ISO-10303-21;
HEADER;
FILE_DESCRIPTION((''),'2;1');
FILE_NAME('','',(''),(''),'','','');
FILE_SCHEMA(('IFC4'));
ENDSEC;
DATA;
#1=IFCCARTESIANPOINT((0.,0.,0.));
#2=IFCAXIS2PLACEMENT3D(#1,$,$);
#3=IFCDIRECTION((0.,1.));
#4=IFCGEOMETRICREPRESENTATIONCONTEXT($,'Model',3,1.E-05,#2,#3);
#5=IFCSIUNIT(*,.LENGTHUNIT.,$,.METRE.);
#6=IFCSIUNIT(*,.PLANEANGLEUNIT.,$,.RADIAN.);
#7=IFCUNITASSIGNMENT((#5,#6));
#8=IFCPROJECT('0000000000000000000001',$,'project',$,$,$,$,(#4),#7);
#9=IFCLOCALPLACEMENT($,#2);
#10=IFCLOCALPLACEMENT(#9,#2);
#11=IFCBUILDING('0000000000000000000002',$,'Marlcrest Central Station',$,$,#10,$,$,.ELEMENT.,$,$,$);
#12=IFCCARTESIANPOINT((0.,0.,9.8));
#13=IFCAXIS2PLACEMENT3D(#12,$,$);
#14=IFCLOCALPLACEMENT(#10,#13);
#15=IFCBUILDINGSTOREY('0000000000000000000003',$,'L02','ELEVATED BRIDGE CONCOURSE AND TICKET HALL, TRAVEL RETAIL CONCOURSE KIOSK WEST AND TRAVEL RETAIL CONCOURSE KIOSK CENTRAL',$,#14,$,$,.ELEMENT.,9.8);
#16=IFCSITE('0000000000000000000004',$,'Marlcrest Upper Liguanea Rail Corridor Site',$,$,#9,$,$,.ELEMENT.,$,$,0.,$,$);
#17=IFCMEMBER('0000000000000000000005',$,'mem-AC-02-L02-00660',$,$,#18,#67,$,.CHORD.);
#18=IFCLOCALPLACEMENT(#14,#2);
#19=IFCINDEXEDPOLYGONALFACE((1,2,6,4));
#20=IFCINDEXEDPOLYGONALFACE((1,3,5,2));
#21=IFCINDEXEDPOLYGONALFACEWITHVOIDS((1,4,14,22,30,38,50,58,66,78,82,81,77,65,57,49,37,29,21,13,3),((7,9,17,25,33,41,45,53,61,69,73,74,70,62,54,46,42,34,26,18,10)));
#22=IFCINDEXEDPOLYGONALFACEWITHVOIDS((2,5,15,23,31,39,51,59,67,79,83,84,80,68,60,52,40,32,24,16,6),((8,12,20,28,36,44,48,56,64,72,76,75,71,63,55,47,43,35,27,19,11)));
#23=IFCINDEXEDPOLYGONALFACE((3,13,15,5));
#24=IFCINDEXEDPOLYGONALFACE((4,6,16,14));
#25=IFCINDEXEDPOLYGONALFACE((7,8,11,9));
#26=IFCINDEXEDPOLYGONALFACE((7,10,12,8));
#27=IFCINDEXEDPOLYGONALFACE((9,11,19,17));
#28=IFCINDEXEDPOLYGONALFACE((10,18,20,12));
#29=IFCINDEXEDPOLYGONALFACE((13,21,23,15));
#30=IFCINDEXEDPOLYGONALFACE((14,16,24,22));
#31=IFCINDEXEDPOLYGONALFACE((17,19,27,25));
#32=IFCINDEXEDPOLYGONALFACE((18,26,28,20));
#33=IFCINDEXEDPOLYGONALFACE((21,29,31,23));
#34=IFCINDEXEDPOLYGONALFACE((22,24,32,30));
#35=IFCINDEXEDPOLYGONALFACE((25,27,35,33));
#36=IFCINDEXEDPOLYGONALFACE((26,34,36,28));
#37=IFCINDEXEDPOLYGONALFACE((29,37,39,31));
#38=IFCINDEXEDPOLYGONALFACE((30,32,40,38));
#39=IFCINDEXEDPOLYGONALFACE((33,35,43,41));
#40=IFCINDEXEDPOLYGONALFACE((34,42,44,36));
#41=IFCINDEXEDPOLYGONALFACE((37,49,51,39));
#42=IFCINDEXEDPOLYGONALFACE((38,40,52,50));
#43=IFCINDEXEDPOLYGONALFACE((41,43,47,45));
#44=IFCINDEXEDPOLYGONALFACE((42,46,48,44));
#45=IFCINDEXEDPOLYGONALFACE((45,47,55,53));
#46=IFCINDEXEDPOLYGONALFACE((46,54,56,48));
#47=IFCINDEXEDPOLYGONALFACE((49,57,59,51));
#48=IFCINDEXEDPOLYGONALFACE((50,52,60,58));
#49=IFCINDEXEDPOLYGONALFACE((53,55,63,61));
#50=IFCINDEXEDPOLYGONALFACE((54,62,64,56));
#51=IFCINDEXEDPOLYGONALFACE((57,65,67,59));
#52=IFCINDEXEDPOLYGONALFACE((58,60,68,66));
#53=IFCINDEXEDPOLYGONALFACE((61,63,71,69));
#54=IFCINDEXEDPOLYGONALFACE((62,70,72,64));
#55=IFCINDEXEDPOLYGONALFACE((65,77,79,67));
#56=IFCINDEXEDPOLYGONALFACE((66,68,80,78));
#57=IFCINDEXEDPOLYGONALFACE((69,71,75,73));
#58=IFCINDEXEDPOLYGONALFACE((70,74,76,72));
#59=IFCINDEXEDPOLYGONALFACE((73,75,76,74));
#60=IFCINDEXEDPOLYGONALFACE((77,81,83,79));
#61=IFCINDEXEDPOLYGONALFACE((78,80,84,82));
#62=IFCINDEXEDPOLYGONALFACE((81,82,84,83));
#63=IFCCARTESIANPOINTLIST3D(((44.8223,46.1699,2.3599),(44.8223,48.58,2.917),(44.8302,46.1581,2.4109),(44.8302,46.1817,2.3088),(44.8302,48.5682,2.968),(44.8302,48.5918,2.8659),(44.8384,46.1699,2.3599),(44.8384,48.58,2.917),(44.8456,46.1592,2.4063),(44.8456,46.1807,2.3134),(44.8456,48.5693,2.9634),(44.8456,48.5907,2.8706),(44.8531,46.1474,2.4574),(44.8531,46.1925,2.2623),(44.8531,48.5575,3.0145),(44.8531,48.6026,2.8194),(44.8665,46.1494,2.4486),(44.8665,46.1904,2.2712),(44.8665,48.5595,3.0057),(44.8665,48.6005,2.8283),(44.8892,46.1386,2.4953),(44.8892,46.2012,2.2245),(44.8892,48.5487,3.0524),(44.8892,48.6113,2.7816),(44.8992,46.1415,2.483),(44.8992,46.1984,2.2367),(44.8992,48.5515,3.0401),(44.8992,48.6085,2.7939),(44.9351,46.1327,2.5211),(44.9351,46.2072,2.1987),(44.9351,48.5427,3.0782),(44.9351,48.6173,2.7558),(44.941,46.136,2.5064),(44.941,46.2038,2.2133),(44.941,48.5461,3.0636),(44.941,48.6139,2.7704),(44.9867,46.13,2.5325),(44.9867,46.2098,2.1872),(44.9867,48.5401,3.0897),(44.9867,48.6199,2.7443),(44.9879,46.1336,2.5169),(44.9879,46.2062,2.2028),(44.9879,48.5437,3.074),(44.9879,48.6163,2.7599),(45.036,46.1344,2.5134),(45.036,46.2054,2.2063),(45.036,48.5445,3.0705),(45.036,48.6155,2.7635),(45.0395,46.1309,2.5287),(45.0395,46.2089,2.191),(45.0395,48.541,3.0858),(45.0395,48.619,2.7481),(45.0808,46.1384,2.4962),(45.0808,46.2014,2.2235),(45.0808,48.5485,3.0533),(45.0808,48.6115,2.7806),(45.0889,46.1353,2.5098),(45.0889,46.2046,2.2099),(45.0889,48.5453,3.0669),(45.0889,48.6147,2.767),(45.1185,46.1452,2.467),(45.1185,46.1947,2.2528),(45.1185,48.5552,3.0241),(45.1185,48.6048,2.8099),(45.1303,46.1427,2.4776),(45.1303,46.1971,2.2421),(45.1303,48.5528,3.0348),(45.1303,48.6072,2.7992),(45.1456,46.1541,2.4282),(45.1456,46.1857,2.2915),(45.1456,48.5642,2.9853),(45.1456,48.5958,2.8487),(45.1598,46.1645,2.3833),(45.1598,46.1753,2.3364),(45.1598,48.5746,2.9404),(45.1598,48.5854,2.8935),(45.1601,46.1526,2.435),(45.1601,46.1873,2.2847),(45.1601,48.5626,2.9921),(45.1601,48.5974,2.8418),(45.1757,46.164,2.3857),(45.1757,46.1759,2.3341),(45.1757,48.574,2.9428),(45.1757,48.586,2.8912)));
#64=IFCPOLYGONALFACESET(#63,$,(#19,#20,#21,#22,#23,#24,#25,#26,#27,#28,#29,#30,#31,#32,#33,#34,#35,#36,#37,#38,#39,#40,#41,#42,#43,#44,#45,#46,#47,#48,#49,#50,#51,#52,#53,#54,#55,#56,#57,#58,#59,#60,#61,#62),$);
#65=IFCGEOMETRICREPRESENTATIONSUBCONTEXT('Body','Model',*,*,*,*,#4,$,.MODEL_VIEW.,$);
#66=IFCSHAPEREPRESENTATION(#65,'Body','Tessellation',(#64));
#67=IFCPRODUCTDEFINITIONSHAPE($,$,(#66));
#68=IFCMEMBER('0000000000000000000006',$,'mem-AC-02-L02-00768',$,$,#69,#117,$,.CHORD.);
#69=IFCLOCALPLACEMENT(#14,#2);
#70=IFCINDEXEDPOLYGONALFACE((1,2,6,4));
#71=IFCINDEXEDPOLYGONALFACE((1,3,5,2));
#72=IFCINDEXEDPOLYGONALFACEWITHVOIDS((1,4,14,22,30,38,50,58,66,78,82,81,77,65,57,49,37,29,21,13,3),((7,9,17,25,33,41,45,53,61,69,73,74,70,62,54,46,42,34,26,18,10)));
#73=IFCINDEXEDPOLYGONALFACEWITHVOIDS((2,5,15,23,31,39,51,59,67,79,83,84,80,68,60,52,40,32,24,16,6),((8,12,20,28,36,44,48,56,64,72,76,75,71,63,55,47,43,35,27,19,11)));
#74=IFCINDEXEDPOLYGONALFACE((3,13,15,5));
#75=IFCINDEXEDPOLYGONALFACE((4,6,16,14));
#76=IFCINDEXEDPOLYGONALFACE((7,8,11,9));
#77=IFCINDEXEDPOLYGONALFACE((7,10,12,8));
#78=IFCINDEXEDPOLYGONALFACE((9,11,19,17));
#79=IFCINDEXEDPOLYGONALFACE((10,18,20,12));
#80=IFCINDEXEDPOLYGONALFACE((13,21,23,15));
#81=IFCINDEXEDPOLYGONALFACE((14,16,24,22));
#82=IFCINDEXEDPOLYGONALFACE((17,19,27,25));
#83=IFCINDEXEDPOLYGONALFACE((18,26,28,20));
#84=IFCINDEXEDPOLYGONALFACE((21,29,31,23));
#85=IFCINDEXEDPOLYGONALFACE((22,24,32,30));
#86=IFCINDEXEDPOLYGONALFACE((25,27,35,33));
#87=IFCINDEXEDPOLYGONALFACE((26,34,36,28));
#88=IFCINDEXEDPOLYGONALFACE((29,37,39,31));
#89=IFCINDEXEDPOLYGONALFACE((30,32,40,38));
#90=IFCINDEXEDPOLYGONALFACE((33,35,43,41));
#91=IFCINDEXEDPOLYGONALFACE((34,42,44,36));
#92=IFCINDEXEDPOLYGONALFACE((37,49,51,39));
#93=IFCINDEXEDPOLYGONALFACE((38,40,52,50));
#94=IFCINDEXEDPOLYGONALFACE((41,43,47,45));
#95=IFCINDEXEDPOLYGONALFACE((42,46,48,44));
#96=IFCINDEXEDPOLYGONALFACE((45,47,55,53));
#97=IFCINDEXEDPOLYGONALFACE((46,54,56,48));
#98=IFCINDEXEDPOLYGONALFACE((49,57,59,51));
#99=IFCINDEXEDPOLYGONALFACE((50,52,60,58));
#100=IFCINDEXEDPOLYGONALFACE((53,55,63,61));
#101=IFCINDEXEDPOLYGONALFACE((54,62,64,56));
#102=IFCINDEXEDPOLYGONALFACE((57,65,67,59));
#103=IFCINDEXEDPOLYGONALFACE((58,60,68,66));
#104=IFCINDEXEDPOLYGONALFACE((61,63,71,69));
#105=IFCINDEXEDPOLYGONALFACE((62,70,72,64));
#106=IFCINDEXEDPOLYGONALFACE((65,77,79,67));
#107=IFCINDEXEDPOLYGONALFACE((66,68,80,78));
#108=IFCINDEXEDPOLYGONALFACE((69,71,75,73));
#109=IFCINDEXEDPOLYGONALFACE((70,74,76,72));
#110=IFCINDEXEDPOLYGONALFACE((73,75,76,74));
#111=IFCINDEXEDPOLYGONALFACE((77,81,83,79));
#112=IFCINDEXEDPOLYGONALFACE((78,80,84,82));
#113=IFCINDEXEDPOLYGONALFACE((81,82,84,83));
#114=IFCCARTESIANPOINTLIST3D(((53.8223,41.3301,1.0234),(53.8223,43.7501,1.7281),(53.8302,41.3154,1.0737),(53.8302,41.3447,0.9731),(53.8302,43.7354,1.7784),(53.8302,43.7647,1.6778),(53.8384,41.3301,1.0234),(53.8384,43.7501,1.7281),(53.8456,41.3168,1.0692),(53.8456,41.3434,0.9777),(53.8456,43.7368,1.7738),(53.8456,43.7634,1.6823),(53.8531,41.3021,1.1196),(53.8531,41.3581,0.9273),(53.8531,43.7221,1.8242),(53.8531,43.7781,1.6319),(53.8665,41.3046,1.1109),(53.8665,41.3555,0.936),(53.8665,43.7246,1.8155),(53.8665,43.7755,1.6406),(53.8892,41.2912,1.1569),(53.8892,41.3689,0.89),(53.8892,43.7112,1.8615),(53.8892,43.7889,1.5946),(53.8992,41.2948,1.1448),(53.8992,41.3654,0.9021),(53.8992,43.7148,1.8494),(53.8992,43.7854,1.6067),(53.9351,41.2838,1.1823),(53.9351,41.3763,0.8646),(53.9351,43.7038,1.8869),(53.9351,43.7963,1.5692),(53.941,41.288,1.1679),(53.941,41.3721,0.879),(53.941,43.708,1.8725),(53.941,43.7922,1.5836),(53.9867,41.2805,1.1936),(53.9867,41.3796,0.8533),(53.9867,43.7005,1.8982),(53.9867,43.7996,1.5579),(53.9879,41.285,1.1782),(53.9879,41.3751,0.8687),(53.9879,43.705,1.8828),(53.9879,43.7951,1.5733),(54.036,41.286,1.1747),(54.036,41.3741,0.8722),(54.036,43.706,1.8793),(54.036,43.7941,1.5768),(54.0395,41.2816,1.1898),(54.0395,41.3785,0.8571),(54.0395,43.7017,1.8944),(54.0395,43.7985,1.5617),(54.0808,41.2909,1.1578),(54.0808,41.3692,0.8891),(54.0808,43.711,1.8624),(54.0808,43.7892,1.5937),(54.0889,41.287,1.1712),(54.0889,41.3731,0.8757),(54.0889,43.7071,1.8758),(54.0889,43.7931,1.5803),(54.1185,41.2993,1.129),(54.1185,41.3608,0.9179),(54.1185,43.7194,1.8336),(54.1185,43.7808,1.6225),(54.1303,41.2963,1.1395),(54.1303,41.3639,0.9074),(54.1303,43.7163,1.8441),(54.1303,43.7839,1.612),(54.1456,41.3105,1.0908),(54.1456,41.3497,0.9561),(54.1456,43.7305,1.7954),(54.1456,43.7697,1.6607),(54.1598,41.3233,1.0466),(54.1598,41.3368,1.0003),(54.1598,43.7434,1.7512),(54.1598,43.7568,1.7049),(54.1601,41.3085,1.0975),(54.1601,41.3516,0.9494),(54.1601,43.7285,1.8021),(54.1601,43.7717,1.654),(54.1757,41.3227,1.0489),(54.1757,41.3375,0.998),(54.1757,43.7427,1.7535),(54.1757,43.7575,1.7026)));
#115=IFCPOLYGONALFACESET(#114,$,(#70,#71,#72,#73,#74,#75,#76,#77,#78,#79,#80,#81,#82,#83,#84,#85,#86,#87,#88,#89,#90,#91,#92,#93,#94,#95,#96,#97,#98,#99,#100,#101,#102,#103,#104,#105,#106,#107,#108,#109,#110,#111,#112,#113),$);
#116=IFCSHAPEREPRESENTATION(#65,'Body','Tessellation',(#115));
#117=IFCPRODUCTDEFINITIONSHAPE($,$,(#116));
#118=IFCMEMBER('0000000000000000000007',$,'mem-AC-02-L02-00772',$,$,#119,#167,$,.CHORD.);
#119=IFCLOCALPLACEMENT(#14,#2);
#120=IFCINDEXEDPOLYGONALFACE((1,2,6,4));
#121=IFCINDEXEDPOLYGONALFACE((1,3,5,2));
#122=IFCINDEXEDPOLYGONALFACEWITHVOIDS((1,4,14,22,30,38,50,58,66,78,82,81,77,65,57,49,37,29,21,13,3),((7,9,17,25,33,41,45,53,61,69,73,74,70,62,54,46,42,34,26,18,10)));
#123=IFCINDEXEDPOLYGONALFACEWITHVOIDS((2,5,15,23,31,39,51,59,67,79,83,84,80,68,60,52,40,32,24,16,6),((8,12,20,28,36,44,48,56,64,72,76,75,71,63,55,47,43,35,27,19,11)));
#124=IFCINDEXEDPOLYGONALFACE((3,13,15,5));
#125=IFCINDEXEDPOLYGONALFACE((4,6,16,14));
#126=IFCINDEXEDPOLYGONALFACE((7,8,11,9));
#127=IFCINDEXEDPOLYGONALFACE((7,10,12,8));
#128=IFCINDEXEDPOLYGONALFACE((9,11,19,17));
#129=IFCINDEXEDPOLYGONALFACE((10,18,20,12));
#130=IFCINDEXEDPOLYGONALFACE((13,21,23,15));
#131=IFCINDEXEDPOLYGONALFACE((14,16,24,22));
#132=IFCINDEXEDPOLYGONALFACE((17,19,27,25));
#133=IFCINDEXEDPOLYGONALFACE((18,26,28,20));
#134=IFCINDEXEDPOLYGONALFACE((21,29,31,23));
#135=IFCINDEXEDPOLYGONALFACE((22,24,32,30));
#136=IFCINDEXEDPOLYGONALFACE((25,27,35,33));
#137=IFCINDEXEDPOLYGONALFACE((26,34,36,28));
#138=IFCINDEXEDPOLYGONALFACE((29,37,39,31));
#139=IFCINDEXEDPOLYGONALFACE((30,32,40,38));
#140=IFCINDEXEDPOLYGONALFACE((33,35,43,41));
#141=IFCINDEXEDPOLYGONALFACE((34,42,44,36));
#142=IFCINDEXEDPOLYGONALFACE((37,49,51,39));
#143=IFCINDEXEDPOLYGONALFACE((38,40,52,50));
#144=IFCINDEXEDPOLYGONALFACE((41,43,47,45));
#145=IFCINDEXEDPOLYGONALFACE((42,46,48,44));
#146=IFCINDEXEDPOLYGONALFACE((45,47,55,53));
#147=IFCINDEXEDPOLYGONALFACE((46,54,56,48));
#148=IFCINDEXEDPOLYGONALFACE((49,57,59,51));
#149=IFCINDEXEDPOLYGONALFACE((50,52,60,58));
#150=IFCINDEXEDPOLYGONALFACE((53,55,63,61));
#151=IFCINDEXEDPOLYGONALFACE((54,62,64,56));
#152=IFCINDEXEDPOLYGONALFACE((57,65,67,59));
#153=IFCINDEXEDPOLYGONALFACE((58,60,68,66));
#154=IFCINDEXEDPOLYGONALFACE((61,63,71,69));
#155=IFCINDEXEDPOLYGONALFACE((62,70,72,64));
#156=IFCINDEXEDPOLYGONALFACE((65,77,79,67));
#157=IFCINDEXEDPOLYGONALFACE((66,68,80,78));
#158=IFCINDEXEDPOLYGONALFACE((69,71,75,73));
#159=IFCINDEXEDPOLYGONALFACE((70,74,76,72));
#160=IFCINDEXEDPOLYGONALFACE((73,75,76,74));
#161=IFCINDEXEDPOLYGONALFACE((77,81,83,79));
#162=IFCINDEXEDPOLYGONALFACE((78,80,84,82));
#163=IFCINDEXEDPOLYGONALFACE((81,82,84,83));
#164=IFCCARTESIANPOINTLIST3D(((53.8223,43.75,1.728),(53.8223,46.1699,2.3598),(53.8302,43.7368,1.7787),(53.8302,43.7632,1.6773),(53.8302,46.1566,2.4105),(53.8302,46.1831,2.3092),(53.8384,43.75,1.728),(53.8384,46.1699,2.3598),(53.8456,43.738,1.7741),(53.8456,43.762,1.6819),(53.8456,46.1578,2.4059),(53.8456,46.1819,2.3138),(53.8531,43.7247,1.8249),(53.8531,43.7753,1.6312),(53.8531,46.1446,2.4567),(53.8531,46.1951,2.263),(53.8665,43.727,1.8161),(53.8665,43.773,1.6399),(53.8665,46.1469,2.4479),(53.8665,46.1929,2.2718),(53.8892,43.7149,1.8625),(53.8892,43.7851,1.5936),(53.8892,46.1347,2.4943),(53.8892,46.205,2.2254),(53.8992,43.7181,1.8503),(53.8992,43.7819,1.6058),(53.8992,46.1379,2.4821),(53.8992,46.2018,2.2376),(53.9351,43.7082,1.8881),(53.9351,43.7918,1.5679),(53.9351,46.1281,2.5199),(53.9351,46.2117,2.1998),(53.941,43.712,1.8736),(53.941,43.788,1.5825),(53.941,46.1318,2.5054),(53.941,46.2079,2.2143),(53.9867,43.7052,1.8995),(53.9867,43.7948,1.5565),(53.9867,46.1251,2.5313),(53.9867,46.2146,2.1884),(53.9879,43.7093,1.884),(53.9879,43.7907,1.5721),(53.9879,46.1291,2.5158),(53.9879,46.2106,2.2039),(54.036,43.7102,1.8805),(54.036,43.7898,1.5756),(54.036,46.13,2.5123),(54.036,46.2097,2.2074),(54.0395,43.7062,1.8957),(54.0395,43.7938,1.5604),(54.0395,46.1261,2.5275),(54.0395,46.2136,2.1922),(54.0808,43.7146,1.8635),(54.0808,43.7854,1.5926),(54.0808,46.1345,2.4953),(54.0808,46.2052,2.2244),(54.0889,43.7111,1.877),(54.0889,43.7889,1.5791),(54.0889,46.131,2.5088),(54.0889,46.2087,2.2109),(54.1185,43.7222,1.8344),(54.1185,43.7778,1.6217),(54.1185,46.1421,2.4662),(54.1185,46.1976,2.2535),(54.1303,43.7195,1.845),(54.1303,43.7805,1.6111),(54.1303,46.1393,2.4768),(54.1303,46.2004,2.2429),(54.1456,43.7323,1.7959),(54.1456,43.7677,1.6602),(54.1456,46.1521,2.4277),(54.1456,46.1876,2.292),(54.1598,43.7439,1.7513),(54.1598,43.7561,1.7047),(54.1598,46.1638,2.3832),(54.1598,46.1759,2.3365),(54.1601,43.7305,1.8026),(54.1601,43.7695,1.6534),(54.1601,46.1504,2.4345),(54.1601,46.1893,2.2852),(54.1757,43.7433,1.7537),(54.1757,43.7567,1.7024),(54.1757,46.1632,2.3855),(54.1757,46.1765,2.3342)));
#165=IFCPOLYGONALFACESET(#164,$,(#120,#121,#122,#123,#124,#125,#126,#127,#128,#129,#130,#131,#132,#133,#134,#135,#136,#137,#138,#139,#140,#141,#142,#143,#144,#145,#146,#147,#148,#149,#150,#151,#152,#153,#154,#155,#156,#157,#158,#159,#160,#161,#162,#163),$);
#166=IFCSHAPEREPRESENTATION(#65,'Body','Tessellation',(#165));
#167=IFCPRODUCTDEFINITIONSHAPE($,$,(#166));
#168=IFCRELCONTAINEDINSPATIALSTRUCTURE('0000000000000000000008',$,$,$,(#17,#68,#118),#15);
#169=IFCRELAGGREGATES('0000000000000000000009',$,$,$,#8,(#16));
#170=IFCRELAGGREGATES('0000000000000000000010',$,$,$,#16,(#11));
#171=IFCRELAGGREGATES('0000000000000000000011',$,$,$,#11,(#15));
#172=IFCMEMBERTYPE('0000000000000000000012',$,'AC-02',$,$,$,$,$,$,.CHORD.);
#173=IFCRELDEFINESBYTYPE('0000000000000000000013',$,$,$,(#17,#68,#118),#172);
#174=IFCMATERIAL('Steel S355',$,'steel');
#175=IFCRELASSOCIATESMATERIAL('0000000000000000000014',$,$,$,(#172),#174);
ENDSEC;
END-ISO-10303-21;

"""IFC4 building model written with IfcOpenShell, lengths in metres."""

from ifc_helpers import new_model, si_unit, direction, frame, origin, origin_2d, place, context, subcontext, project, spatial, hollow_circle, extrude, material, material_profile, profile_set, type_object, element, save


model = new_model("IFC4")

# Units and contexts
model_context = context("Model", 3, precision=1e-05, world=origin(), true_north=direction((0.0, 1.0)))
body_context = subcontext(model_context, "Body", "Model", "MODEL_VIEW")
ifc_project = project(units=[si_unit("LENGTHUNIT", "METRE"), si_unit("PLANEANGLEUNIT", "RADIAN")], contexts=[model_context])

# Site, building, storey
site_placement = place(None, origin())
site = spatial("IfcSite", under=ifc_project, at=site_placement, Name="Marlcrest Upper Liguanea Rail Corridor Site", CompositionType="ELEMENT", RefElevation=0.0)
building_placement = place(site_placement, origin())
building = spatial("IfcBuilding", under=site, at=building_placement, Name="Marlcrest Central Station", CompositionType="ELEMENT")
storey_placement = place(building_placement, frame((0.0, 0.0, 9.8)))
storey = spatial("IfcBuildingStorey", under=building, at=storey_placement, Name="L02", Description="ELEVATED BRIDGE CONCOURSE AND TICKET HALL, TRAVEL RETAIL CONCOURSE KIOSK WEST AND TRAVEL RETAIL CONCOURSE KIOSK CENTRAL", CompositionType="ELEMENT", Elevation=9.8)

# Members
ifc_material_1 = material(Name="Steel S355", Category="steel")
ifc_material_profile_1 = material_profile(ifc_material_1, hollow_circle(Radius=0.1777, WallThickness=0.0161, at=origin_2d()), Name="CHS 355.6x16")
ifc_profile_set_1 = profile_set([ifc_material_profile_1], Name="Steel S355")
member_type_1 = type_object("IfcMemberType", Name="AC-02", PredefinedType="CHORD", material=ifc_profile_set_1)
member_1_placement = place(storey_placement, frame((45.0, 46.1699, 2.3599), z_axis=(0.0, 0.974308, 0.22522), x_axis=(-1.0, 0.0, 0.0)))
element("IfcMember", 1, at=member_1_placement, inside=storey, type_object=member_type_1, Name="mem-AC-02-L02-00660", PredefinedType="CHORD", context=body_context, shape_type="SweptSolid", body=[
    extrude(hollow_circle(Radius=0.1777, WallThickness=0.0161, at=origin_2d()), origin(), (0.0, 0.0, 1.0), 2.4736),
])
member_2_placement = place(storey_placement, frame((54.0, 41.3301, 1.0234), z_axis=(0.0, 0.96013, 0.279554), x_axis=(-1.0, 0.0, 0.0)))
element("IfcMember", 2, at=member_2_placement, inside=storey, type_object=member_type_1, Name="mem-AC-02-L02-00768", PredefinedType="CHORD", context=body_context, shape_type="SweptSolid", body=[
    extrude(hollow_circle(Radius=0.1777, WallThickness=0.0161, at=origin_2d()), origin(), (0.0, 0.0, 1.0), 2.5205),
])
member_3_placement = place(storey_placement, frame((54.0, 43.75, 1.728), z_axis=(0.0, 0.967563, 0.252629), x_axis=(-1.0, 0.0, 0.0)))
element("IfcMember", 3, at=member_3_placement, inside=storey, type_object=member_type_1, Name="mem-AC-02-L02-00772", PredefinedType="CHORD", context=body_context, shape_type="SweptSolid", body=[
    extrude(hollow_circle(Radius=0.1777, WallThickness=0.0161, at=origin_2d()), origin(), (0.0, 0.0, 1.0), 2.501),
])

save(model, "model.ifc")
